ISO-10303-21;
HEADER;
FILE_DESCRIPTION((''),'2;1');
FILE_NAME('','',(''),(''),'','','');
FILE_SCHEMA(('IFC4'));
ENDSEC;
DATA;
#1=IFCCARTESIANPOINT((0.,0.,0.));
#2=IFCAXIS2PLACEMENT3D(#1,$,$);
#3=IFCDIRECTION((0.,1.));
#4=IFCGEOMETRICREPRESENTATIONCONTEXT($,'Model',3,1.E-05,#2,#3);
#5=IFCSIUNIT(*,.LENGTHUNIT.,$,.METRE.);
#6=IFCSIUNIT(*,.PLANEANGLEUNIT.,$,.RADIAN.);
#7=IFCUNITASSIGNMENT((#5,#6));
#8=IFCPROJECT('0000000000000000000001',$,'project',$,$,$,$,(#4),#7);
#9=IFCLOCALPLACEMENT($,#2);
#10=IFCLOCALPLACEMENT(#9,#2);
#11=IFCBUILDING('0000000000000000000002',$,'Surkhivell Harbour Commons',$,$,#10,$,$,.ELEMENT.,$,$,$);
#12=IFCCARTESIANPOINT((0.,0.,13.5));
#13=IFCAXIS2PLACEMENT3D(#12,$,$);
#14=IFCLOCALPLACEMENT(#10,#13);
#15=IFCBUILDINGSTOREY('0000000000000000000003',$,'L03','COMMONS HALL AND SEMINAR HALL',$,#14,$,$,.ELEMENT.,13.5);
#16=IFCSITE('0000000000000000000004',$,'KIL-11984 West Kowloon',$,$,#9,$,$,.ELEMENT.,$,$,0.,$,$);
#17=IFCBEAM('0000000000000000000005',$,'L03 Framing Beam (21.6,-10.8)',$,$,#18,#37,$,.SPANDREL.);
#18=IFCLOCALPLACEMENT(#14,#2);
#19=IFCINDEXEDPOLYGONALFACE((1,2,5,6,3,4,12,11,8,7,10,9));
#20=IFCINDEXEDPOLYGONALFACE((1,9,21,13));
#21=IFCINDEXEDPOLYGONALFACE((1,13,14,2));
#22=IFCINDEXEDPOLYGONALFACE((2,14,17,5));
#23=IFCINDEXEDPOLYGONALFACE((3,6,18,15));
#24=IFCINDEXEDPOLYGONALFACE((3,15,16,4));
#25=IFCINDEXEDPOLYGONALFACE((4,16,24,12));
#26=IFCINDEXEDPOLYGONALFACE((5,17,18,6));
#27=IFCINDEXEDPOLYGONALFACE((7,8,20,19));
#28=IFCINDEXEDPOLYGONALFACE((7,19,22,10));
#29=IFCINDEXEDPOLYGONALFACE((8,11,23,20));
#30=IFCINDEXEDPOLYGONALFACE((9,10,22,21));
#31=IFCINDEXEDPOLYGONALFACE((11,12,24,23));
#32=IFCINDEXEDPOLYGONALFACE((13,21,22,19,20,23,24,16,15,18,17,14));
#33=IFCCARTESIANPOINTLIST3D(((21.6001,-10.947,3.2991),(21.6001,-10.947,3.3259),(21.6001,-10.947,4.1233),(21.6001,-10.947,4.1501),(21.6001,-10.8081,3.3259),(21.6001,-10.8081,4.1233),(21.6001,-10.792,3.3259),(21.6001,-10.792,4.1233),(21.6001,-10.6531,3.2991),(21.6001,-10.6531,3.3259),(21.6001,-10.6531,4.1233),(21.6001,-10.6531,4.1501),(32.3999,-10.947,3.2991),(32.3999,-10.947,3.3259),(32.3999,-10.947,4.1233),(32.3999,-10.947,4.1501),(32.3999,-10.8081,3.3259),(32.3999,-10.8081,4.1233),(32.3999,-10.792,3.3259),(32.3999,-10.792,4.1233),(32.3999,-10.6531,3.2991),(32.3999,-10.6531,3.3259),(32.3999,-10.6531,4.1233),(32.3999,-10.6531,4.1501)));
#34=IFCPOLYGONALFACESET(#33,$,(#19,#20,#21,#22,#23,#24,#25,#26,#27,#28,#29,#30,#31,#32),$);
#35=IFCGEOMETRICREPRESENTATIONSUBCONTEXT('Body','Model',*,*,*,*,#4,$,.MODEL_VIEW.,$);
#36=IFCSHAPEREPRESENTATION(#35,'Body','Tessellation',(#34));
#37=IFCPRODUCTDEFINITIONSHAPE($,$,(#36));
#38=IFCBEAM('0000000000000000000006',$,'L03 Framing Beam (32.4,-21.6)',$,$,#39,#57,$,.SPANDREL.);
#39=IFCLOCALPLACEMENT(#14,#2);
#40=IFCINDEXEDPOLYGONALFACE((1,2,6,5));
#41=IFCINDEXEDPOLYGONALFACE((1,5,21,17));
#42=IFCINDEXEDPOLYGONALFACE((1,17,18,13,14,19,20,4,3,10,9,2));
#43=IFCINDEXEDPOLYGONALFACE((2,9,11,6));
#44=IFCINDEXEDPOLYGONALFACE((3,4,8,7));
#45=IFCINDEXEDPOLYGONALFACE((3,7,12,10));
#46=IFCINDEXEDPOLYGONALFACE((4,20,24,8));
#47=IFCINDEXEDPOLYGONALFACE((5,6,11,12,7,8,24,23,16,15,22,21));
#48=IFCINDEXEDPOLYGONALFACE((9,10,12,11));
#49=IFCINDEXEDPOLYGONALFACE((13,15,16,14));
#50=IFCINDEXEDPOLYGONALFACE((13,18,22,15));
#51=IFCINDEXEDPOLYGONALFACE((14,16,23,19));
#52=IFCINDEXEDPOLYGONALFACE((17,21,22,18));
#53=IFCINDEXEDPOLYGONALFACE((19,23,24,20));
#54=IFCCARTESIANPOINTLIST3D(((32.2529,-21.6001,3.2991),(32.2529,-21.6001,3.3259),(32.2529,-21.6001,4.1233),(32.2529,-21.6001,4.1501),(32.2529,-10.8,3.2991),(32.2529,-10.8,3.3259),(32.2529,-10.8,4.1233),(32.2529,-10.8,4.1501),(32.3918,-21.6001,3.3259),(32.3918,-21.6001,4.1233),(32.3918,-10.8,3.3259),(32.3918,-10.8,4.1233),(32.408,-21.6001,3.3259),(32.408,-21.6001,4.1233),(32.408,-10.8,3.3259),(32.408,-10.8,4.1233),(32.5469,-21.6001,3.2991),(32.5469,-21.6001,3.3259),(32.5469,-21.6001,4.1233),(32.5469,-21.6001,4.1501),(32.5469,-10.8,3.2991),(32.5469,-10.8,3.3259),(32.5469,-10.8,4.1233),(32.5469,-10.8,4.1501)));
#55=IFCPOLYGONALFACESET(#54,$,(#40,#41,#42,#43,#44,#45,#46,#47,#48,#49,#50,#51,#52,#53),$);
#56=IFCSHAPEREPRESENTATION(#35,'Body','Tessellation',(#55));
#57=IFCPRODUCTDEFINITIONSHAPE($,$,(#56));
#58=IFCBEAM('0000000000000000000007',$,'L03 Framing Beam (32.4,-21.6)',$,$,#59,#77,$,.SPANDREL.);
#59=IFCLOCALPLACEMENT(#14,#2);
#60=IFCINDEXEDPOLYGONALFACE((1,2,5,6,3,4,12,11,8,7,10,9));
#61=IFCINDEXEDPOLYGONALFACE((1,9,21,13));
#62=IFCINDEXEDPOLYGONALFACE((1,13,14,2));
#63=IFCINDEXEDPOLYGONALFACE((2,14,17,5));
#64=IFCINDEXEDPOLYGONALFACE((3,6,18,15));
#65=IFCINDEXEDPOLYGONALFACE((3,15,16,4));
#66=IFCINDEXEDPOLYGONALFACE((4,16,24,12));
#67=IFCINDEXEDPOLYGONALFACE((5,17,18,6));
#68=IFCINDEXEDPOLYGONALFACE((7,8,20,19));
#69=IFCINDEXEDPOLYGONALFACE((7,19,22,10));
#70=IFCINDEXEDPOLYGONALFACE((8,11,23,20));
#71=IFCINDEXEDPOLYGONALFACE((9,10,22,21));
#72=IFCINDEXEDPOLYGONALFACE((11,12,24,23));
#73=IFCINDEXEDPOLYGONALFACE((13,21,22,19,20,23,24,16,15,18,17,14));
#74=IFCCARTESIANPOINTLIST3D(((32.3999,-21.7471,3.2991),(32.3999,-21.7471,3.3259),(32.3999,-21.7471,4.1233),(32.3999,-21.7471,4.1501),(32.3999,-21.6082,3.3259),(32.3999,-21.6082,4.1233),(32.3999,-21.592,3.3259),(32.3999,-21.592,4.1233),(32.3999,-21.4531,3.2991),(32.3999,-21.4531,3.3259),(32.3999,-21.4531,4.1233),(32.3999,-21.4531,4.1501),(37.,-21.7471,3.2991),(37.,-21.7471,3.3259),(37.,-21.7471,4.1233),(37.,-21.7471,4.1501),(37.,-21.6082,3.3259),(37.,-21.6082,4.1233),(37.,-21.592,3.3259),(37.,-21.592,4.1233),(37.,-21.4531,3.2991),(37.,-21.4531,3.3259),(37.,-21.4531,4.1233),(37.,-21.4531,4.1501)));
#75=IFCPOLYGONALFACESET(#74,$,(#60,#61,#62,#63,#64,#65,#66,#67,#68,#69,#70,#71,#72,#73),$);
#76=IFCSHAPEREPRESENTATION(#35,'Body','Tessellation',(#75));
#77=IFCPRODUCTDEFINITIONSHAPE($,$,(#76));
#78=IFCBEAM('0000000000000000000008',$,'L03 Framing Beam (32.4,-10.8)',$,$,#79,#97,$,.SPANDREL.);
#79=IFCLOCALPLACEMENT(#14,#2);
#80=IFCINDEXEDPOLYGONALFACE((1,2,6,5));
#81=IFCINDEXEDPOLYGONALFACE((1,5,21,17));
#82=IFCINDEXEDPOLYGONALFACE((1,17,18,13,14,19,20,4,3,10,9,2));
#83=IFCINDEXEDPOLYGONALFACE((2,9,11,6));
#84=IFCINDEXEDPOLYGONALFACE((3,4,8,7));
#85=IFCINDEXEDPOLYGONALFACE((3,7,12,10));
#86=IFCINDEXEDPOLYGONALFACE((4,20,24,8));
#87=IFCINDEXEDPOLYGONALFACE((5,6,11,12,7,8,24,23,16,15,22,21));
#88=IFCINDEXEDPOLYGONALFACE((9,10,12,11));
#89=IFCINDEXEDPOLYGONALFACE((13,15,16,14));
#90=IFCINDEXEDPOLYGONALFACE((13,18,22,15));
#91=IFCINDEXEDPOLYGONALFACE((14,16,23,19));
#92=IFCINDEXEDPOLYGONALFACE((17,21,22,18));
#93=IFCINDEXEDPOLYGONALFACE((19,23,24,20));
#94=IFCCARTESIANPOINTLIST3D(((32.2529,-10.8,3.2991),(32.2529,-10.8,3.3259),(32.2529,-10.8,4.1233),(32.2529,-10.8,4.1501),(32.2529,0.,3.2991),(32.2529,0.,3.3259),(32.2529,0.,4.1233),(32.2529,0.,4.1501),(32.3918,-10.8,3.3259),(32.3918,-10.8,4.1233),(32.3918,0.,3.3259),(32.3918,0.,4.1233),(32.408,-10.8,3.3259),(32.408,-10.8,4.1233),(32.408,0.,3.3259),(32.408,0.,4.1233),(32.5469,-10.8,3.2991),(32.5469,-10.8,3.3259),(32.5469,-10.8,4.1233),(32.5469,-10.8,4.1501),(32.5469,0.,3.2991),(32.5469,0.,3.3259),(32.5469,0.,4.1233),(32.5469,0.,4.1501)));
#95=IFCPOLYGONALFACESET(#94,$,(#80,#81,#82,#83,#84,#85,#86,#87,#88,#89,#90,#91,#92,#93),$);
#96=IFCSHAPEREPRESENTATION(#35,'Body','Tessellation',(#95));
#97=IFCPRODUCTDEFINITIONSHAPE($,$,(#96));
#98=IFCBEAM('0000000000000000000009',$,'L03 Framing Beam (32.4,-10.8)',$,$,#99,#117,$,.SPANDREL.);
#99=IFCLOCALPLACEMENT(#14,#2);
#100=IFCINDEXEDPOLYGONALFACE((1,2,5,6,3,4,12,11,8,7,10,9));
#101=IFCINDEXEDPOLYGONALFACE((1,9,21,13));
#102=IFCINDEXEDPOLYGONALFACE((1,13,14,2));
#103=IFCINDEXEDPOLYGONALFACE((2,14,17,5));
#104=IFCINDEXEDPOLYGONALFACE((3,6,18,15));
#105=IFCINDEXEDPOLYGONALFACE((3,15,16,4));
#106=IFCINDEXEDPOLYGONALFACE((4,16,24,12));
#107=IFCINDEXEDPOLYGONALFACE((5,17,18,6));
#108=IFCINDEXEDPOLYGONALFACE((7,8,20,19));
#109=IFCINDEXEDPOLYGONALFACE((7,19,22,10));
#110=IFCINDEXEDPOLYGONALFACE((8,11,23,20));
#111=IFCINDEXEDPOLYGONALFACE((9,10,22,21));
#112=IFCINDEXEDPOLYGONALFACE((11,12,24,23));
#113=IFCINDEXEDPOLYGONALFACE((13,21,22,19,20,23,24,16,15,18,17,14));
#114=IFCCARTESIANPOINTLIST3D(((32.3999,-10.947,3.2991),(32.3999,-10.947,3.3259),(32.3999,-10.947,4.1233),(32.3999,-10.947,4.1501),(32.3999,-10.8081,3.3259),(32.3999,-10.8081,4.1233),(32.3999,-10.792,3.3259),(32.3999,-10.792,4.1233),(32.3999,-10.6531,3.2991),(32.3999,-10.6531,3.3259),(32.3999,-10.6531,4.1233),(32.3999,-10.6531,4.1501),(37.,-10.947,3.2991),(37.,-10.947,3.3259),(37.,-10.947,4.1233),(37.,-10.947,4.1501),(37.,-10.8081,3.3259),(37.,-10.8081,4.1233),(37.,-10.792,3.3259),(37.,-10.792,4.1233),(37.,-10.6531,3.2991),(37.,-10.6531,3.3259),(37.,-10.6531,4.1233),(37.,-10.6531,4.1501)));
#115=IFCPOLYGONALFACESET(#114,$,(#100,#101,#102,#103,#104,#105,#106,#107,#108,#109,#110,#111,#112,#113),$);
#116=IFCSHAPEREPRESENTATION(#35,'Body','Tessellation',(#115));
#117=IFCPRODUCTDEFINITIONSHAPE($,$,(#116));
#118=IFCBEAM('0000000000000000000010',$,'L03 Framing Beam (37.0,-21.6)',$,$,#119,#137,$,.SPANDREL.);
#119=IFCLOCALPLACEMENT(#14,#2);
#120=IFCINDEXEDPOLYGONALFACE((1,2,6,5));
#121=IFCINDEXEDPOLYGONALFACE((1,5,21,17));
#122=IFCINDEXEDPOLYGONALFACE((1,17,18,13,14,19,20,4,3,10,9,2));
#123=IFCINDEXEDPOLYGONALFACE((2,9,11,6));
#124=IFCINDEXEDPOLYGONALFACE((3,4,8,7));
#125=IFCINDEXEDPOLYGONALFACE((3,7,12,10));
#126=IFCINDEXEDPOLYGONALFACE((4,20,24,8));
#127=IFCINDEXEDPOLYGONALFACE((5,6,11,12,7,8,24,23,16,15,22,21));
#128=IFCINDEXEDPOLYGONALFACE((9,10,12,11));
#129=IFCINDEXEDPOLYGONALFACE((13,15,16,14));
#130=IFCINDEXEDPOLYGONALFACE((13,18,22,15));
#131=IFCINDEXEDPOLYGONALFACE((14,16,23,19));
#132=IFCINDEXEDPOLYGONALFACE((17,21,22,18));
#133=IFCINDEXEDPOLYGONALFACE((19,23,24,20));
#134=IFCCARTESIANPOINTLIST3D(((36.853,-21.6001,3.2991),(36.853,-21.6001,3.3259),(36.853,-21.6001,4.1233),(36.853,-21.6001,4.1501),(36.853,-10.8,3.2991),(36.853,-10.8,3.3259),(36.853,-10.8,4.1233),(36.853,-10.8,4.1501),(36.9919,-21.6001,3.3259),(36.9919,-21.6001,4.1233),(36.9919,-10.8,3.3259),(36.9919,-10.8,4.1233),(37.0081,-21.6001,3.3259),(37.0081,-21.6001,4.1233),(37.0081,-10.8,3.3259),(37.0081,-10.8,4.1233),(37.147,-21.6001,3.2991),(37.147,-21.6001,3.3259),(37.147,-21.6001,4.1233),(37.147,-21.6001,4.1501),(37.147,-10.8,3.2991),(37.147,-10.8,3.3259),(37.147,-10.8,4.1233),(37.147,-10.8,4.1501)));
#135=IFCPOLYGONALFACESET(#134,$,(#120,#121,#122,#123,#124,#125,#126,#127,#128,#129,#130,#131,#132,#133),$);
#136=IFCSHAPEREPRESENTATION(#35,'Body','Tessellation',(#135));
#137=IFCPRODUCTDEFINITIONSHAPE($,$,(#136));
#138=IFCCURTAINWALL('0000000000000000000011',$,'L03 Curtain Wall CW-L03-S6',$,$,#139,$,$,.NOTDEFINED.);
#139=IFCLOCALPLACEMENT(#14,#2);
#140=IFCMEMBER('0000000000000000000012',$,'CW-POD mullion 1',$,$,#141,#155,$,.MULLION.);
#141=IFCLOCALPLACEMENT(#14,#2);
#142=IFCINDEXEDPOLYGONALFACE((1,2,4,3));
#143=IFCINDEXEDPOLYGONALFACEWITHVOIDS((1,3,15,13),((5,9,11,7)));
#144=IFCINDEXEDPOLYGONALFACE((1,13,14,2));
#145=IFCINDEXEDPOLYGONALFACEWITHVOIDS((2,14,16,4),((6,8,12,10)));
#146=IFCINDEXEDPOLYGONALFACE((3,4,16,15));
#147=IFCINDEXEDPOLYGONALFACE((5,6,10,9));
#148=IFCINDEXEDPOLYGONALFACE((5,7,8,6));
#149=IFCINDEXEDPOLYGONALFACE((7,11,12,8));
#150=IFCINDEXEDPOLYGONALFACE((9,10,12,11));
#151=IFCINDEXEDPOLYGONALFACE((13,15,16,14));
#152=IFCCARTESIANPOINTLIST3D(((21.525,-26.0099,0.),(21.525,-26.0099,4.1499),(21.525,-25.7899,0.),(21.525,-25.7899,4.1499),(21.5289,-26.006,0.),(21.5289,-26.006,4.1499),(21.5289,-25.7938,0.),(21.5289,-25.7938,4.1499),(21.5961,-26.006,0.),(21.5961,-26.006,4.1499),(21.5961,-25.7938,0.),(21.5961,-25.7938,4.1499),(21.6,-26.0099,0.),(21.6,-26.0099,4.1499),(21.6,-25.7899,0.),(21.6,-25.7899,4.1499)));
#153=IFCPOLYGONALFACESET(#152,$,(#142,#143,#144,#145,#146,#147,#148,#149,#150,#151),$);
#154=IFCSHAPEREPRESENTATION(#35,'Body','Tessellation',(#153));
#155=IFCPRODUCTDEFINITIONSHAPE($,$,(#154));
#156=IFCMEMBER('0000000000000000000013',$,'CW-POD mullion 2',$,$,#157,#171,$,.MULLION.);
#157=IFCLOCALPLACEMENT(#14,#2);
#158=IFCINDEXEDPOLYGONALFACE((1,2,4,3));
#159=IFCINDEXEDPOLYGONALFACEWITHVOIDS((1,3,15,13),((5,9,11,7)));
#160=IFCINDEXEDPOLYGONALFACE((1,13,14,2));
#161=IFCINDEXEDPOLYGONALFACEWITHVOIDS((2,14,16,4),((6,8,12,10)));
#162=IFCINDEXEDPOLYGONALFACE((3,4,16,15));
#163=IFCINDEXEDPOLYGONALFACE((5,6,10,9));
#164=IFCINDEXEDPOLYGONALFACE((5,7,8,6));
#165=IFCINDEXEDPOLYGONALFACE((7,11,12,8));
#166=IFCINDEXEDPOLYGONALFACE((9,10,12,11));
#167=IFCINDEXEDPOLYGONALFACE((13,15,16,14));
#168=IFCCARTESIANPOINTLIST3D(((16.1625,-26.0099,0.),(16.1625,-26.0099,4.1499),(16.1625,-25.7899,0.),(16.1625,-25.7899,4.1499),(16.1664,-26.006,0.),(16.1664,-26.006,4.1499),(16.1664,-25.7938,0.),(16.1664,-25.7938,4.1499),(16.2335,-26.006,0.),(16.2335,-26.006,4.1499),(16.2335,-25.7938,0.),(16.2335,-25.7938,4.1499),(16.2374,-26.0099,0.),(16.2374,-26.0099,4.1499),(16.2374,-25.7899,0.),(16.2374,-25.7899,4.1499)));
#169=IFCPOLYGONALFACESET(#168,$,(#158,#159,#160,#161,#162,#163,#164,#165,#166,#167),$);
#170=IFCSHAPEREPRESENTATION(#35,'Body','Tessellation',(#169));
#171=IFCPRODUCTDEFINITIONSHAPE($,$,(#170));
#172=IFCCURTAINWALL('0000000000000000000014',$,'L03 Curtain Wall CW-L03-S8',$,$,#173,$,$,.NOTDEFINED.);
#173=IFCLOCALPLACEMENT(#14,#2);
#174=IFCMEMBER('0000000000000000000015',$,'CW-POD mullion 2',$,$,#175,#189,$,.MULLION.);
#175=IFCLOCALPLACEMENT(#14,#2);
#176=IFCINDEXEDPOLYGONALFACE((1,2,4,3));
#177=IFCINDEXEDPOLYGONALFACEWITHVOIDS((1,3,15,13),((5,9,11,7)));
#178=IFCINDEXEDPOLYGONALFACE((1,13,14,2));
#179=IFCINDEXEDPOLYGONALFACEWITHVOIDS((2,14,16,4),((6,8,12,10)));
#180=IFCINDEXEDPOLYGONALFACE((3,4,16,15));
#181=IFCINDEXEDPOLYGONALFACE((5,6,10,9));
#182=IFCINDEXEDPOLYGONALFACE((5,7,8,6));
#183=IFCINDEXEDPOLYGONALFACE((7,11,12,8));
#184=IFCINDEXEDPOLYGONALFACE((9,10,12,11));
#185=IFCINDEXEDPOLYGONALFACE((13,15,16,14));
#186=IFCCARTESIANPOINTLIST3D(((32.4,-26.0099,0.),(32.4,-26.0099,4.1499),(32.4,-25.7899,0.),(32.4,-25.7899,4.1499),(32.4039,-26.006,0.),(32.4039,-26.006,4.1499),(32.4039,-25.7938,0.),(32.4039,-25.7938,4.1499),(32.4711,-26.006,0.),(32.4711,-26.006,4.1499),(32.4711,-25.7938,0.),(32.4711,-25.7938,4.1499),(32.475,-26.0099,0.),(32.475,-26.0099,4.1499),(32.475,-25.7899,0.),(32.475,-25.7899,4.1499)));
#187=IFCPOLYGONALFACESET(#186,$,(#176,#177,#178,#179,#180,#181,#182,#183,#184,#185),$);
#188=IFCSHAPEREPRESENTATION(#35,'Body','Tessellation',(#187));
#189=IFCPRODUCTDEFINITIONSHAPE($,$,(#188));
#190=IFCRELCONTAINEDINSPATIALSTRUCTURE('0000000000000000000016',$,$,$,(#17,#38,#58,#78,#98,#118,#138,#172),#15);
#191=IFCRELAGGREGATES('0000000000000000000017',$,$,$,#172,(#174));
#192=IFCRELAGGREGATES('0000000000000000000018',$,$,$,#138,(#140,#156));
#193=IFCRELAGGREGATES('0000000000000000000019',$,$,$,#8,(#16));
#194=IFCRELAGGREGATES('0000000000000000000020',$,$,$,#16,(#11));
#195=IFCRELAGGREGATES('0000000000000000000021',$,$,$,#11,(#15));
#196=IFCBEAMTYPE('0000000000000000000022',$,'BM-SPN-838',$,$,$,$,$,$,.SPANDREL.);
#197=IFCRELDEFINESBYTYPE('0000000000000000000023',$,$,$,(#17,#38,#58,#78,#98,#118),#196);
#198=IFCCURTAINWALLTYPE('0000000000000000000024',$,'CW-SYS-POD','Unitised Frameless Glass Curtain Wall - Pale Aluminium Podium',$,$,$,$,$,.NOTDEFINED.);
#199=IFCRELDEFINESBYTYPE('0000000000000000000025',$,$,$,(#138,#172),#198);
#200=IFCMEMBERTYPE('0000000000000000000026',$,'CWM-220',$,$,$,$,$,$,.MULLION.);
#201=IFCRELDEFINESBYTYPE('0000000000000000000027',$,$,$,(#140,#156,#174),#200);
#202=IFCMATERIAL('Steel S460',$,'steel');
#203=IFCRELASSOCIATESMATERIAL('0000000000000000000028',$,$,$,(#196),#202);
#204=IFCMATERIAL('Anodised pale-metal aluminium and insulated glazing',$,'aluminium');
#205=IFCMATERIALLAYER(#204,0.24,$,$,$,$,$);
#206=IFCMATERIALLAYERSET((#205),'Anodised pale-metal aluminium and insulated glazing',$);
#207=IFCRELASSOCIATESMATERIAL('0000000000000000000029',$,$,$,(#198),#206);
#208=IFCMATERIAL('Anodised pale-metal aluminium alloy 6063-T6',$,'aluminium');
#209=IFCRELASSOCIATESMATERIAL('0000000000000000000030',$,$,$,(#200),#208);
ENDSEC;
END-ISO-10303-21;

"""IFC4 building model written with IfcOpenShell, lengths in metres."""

from ifc_helpers import new_model, si_unit, direction, frame, origin, origin_2d, place, context, subcontext, project, spatial, hollow_rectangle, i_section, extrude, material, layer, layer_set, material_profile, profile_set, type_object, element, aggregate, save


model = new_model("IFC4")

# Units and contexts
model_context = context("Model", 3, precision=1e-05, world=origin(), true_north=direction((0.0, 1.0)))
body_context = subcontext(model_context, "Body", "Model", "MODEL_VIEW")
ifc_project = project(units=[si_unit("LENGTHUNIT", "METRE"), si_unit("PLANEANGLEUNIT", "RADIAN")], contexts=[model_context])

# Site, building, storey
site_placement = place(None, origin())
site = spatial("IfcSite", under=ifc_project, at=site_placement, Name="KIL-11984 West Kowloon", CompositionType="ELEMENT", RefElevation=0.0)
building_placement = place(site_placement, origin())
building = spatial("IfcBuilding", under=site, at=building_placement, Name="Surkhivell Harbour Commons", CompositionType="ELEMENT")
storey_placement = place(building_placement, frame((0.0, 0.0, 13.5)))
storey = spatial("IfcBuildingStorey", under=building, at=storey_placement, Name="L03", Description="COMMONS HALL AND SEMINAR HALL", CompositionType="ELEMENT", Elevation=13.5)

# Beams
ifc_material_1 = material(Name="Steel S460", Category="steel")
ifc_material_profile_1 = material_profile(ifc_material_1, i_section(OverallWidth=0.2939, OverallDepth=0.8511, WebThickness=0.0161, FlangeThickness=0.0269, at=origin_2d()), Name="UB838x292x226")
ifc_profile_set_1 = profile_set([ifc_material_profile_1], Name="Steel S460")
beam_type = type_object("IfcBeamType", Name="BM-SPN-838", PredefinedType="SPANDREL", material=ifc_profile_set_1)
beam_1_placement = place(storey_placement, frame((21.6001, -10.8, 3.7246), z_axis=(1.0, 0.0, 0.0), x_axis=(0.0, 1.0, 0.0)))
element("IfcBeam", 1, at=beam_1_placement, inside=storey, type_object=beam_type, Name="L03 Framing Beam (21.6,-10.8)", PredefinedType="SPANDREL", context=body_context, shape_type="SweptSolid", body=[
    extrude(i_section(OverallWidth=0.2939, OverallDepth=0.8511, WebThickness=0.0161, FlangeThickness=0.0269, at=origin_2d()), origin(), (0.0, 0.0, 1.0), 10.7998),
])
beam_2_placement = place(storey_placement, frame((32.3999, -21.6001, 3.7246), z_axis=(0.0, 1.0, 0.0), x_axis=(-1.0, 0.0, 0.0)))
element("IfcBeam", 2, at=beam_2_placement, inside=storey, type_object=beam_type, Name="L03 Framing Beam (32.4,-21.6)", PredefinedType="SPANDREL", context=body_context, shape_type="SweptSolid", body=[
    extrude(i_section(OverallWidth=0.2939, OverallDepth=0.8511, WebThickness=0.0161, FlangeThickness=0.0269, at=origin_2d()), origin(), (0.0, 0.0, 1.0), 10.8),
])
beam_3_placement = place(storey_placement, frame((32.3999, -21.6001, 3.7246), z_axis=(1.0, 0.0, 0.0), x_axis=(0.0, 1.0, 0.0)))
element("IfcBeam", 3, at=beam_3_placement, inside=storey, type_object=beam_type, Name="L03 Framing Beam (32.4,-21.6)", PredefinedType="SPANDREL", context=body_context, shape_type="SweptSolid", body=[
    extrude(i_section(OverallWidth=0.2939, OverallDepth=0.8511, WebThickness=0.0161, FlangeThickness=0.0269, at=origin_2d()), origin(), (0.0, 0.0, 1.0), 4.6001),
])
beam_4_placement = place(storey_placement, frame((32.3999, -10.8, 3.7246), z_axis=(0.0, 1.0, 0.0), x_axis=(-1.0, 0.0, 0.0)))
element("IfcBeam", 4, at=beam_4_placement, inside=storey, type_object=beam_type, Name="L03 Framing Beam (32.4,-10.8)", PredefinedType="SPANDREL", context=body_context, shape_type="SweptSolid", body=[
    extrude(i_section(OverallWidth=0.2939, OverallDepth=0.8511, WebThickness=0.0161, FlangeThickness=0.0269, at=origin_2d()), origin(), (0.0, 0.0, 1.0), 10.8),
])
beam_5_placement = place(storey_placement, frame((32.3999, -10.8, 3.7246), z_axis=(1.0, 0.0, 0.0), x_axis=(0.0, 1.0, 0.0)))
element("IfcBeam", 5, at=beam_5_placement, inside=storey, type_object=beam_type, Name="L03 Framing Beam (32.4,-10.8)", PredefinedType="SPANDREL", context=body_context, shape_type="SweptSolid", body=[
    extrude(i_section(OverallWidth=0.2939, OverallDepth=0.8511, WebThickness=0.0161, FlangeThickness=0.0269, at=origin_2d()), origin(), (0.0, 0.0, 1.0), 4.6001),
])
beam_6_placement = place(storey_placement, frame((37.0, -21.6001, 3.7246), z_axis=(0.0, 1.0, 0.0), x_axis=(-1.0, 0.0, 0.0)))
element("IfcBeam", 6, at=beam_6_placement, inside=storey, type_object=beam_type, Name="L03 Framing Beam (37.0,-21.6)", PredefinedType="SPANDREL", context=body_context, shape_type="SweptSolid", body=[
    extrude(i_section(OverallWidth=0.2939, OverallDepth=0.8511, WebThickness=0.0161, FlangeThickness=0.0269, at=origin_2d()), origin(), (0.0, 0.0, 1.0), 10.8),
])

# Curtain wall, members
ifc_material_2 = material(Name="Anodised pale-metal aluminium and insulated glazing", Category="aluminium")
ifc_layer_1 = layer(ifc_material_2, 0.24)
ifc_layer_set_1 = layer_set([ifc_layer_1], Name="Anodised pale-metal aluminium and insulated glazing")
curtain_wall_type = type_object("IfcCurtainWallType", Name="CW-SYS-POD", Description="Unitised Frameless Glass Curtain Wall - Pale Aluminium Podium", PredefinedType="NOTDEFINED", material=ifc_layer_set_1)
curtain_wall_1_placement = place(storey_placement, origin())
curtain_wall_1 = element("IfcCurtainWall", 7, at=curtain_wall_1_placement, inside=storey, type_object=curtain_wall_type, Name="L03 Curtain Wall CW-L03-S6", PredefinedType="NOTDEFINED")
ifc_material_3 = material(Name="Anodised pale-metal aluminium alloy 6063-T6", Category="aluminium")
ifc_material_profile_2 = material_profile(ifc_material_3, hollow_rectangle(XDim=0.075, YDim=0.22, WallThickness=0.0039, at=origin_2d()), Name="ALU-MULL-75x220")
ifc_profile_set_2 = profile_set([ifc_material_profile_2], Name="Anodised pale-metal aluminium alloy 6063-T6")
member_type_1 = type_object("IfcMemberType", Name="CWM-220", PredefinedType="MULLION", material=ifc_profile_set_2)
member_1_placement = place(storey_placement, frame((21.5625, -25.8999, 0.0), z_axis=(0.0, 0.0, 1.0), x_axis=(-1.0, 0.0, 0.0)))
member_1 = element("IfcMember", 8, at=member_1_placement, type_object=member_type_1, Name="CW-POD mullion 1", PredefinedType="MULLION", context=body_context, shape_type="SweptSolid", body=[
    extrude(hollow_rectangle(XDim=0.075, YDim=0.22, WallThickness=0.0039, at=origin_2d()), origin(), (0.0, 0.0, 1.0), 4.1499),
])
member_2_placement = place(storey_placement, frame((16.2, -25.8999, 0.0), z_axis=(0.0, 0.0, 1.0), x_axis=(-1.0, 0.0, 0.0)))
member_2 = element("IfcMember", 9, at=member_2_placement, type_object=member_type_1, Name="CW-POD mullion 2", PredefinedType="MULLION", context=body_context, shape_type="SweptSolid", body=[
    extrude(hollow_rectangle(XDim=0.075, YDim=0.22, WallThickness=0.0039, at=origin_2d()), origin(), (0.0, 0.0, 1.0), 4.1499),
])

# Curtain wall, member
curtain_wall_2_placement = place(storey_placement, origin())
curtain_wall_2 = element("IfcCurtainWall", 10, at=curtain_wall_2_placement, inside=storey, type_object=curtain_wall_type, Name="L03 Curtain Wall CW-L03-S8", PredefinedType="NOTDEFINED")
member_3_placement = place(storey_placement, frame((32.4375, -25.8999, 0.0), z_axis=(0.0, 0.0, 1.0), x_axis=(-1.0, 0.0, 0.0)))
member_3 = element("IfcMember", 11, at=member_3_placement, type_object=member_type_1, Name="CW-POD mullion 2", PredefinedType="MULLION", context=body_context, shape_type="SweptSolid", body=[
    extrude(hollow_rectangle(XDim=0.075, YDim=0.22, WallThickness=0.0039, at=origin_2d()), origin(), (0.0, 0.0, 1.0), 4.1499),
])
aggregate(curtain_wall_2, [member_3])

aggregate(curtain_wall_1, [member_1, member_2])

save(model, "model.ifc")
